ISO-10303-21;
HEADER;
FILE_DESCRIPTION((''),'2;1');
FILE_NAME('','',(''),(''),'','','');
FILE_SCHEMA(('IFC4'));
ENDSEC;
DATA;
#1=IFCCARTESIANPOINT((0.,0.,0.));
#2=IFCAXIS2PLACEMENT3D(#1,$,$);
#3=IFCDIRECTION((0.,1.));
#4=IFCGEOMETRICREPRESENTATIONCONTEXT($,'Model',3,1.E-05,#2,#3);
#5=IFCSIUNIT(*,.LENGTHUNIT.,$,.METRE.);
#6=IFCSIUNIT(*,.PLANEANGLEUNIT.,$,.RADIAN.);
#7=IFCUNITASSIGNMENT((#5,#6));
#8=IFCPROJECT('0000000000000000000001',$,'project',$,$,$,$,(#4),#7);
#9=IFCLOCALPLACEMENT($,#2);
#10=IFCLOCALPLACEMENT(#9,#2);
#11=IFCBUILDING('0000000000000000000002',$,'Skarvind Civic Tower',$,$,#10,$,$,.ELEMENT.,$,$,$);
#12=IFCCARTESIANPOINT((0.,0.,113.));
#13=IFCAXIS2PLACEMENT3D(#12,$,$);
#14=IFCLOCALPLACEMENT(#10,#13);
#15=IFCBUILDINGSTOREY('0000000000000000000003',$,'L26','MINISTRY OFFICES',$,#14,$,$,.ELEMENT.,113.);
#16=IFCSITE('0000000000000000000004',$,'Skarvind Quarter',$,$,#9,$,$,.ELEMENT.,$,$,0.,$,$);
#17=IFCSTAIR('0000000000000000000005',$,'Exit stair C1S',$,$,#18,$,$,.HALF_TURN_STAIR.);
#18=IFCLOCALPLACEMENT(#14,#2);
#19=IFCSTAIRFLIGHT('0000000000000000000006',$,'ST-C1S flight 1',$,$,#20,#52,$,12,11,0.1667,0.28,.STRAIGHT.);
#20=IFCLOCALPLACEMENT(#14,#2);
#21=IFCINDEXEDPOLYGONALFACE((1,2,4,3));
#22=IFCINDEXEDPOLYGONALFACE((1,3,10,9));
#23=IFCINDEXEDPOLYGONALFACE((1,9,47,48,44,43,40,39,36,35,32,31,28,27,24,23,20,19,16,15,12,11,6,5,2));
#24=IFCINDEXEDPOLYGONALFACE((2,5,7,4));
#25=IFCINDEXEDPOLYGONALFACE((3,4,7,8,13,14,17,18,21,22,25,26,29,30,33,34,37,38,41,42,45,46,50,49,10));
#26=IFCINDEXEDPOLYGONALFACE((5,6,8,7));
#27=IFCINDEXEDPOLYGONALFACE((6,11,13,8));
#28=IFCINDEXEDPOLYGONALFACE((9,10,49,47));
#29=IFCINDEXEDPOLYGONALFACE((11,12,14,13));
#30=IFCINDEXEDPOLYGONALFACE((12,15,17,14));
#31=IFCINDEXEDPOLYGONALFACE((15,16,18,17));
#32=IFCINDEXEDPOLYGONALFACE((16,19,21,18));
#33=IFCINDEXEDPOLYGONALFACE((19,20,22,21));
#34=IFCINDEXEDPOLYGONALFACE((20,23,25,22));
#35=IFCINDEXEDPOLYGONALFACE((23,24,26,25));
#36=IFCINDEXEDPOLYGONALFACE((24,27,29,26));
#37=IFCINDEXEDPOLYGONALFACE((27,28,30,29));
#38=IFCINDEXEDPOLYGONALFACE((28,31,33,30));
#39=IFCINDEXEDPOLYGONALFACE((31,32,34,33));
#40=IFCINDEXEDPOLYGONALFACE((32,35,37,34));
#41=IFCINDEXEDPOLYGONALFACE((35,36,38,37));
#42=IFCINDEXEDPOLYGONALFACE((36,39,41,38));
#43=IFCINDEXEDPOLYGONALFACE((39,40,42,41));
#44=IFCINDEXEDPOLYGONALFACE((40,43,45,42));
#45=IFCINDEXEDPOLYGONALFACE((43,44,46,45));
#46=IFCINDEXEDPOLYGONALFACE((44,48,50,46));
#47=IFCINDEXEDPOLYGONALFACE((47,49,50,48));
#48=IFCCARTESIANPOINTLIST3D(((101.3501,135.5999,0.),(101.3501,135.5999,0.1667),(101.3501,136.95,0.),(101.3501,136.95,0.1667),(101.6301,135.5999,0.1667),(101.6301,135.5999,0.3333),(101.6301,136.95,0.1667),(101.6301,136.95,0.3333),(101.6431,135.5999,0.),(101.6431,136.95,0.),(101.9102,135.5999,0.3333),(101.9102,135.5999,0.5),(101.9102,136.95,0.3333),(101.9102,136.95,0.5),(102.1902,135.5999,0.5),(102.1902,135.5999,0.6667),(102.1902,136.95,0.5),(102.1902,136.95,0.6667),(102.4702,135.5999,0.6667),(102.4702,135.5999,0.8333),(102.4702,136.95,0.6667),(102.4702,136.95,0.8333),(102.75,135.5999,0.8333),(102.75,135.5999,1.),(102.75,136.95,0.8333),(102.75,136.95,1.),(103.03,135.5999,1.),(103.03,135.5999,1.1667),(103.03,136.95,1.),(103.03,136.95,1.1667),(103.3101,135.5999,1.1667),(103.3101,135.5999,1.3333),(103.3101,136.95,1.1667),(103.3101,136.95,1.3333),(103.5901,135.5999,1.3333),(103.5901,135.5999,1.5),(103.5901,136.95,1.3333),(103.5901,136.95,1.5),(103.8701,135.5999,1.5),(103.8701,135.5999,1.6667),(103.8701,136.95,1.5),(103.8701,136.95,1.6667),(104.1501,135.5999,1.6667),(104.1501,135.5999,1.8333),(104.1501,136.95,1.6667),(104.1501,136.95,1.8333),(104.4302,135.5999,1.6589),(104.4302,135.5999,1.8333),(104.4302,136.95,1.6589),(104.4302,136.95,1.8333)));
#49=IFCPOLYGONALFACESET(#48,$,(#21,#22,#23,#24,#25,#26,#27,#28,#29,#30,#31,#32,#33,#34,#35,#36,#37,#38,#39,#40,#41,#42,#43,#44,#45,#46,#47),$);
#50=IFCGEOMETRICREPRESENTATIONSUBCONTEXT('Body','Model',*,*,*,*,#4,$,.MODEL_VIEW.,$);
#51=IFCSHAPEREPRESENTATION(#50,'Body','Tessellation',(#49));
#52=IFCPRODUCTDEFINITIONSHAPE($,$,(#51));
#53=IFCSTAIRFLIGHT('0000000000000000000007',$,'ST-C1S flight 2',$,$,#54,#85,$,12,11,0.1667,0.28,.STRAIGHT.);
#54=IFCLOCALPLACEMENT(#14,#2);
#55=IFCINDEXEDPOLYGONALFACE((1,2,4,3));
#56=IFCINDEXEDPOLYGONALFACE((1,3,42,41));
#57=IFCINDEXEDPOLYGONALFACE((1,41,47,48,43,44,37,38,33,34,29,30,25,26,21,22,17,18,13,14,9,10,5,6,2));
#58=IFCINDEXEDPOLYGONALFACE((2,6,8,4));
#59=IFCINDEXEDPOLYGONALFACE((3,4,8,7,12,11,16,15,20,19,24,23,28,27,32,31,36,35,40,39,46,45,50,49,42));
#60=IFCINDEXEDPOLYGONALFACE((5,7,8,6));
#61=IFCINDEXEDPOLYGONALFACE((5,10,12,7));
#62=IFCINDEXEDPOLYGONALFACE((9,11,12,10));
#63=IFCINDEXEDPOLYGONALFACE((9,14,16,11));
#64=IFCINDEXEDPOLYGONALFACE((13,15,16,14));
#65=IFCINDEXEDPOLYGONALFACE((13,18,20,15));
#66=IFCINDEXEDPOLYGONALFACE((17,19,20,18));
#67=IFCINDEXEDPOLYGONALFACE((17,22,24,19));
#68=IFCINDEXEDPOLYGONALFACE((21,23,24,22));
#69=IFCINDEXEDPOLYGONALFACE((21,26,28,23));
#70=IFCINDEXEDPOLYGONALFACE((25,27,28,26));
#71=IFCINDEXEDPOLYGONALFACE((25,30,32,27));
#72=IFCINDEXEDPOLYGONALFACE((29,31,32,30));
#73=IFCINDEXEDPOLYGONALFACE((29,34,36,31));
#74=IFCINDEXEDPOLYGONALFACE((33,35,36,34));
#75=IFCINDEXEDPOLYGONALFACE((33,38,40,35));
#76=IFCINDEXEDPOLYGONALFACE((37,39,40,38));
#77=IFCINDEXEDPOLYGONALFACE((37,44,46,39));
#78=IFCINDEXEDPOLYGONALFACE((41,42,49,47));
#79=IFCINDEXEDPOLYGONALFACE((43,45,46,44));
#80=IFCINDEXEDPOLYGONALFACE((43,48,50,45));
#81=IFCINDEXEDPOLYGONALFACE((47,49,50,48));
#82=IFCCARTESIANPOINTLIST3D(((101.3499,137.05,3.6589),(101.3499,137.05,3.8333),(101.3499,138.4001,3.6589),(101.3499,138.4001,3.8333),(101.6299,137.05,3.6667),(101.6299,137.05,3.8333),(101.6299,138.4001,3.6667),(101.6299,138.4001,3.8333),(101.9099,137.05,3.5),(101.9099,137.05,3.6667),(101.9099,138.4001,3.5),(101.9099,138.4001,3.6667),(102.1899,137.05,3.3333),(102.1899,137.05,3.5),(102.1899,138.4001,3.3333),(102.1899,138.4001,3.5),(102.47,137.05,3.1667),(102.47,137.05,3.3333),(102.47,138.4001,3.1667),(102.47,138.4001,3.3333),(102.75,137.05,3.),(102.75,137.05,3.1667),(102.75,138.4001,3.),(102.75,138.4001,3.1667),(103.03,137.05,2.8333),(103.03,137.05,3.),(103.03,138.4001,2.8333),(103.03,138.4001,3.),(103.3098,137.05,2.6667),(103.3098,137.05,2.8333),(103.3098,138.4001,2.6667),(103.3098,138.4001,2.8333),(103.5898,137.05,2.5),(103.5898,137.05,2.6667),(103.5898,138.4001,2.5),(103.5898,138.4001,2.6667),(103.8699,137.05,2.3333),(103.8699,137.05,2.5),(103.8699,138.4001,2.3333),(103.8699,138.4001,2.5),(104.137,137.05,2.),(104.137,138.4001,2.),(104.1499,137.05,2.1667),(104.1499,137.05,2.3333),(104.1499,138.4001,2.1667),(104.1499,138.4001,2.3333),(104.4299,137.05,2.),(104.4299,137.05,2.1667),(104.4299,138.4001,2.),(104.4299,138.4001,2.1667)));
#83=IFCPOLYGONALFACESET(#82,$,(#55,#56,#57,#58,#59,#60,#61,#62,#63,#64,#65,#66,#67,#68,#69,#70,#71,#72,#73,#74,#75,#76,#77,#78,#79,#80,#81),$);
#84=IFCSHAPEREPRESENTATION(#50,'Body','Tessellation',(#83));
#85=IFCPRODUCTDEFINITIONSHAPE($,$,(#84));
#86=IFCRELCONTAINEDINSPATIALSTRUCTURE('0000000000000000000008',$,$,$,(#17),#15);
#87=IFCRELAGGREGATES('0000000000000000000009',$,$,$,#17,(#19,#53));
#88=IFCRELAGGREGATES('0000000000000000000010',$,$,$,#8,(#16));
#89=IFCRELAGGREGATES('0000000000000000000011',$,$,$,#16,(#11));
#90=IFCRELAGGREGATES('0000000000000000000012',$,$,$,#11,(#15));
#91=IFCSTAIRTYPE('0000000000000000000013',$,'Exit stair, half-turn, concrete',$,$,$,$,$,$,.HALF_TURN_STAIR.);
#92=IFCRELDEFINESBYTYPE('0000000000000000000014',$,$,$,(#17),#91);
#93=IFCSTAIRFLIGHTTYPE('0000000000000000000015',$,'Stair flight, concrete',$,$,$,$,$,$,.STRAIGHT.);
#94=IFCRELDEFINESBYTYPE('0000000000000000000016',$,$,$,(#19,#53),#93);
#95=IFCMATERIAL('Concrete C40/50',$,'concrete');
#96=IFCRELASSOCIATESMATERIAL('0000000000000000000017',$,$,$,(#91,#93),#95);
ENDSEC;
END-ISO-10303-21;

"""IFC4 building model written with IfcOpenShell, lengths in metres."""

from ifc_helpers import new_model, si_unit, direction, frame, origin, place, context, subcontext, project, spatial, polyline, outline, extrude, material, type_object, element, aggregate, save


model = new_model("IFC4")

# Units and contexts
model_context = context("Model", 3, precision=1e-05, world=origin(), true_north=direction((0.0, 1.0)))
body_context = subcontext(model_context, "Body", "Model", "MODEL_VIEW")
ifc_project = project(units=[si_unit("LENGTHUNIT", "METRE"), si_unit("PLANEANGLEUNIT", "RADIAN")], contexts=[model_context])

# Site, building, storey
site_placement = place(None, origin())
site = spatial("IfcSite", under=ifc_project, at=site_placement, Name="Skarvind Quarter", CompositionType="ELEMENT", RefElevation=0.0)
building_placement = place(site_placement, origin())
building = spatial("IfcBuilding", under=site, at=building_placement, Name="Skarvind Civic Tower", CompositionType="ELEMENT")
storey_placement = place(building_placement, frame((0.0, 0.0, 113.0)))
storey = spatial("IfcBuildingStorey", under=building, at=storey_placement, Name="L26", Description="MINISTRY OFFICES", CompositionType="ELEMENT", Elevation=113.0)

# Stair, stair flights
ifc_material_1 = material(Name="Concrete C40/50", Category="concrete")
stair_type = type_object("IfcStairType", Name="Exit stair, half-turn, concrete", PredefinedType="HALF_TURN_STAIR", material=ifc_material_1)
stair_placement = place(storey_placement, origin())
stair = element("IfcStair", 1, at=stair_placement, inside=storey, type_object=stair_type, Name="Exit stair C1S", PredefinedType="HALF_TURN_STAIR")
stair_flight_type = type_object("IfcStairFlightType", Name="Stair flight, concrete", PredefinedType="STRAIGHT", material=ifc_material_1)
stair_flight_1_placement = place(storey_placement, frame((101.3501, 136.2749, 0.0), z_axis=(0.0, 0.0, 1.0), x_axis=(1.0, 0.0, 0.0)))
stair_flight_1 = element("IfcStairFlight", 2, at=stair_flight_1_placement, type_object=stair_flight_type, Name="ST-C1S flight 1", NumberOfRisers=12, NumberOfTreads=11, PredefinedType="STRAIGHT", RiserHeight=0.1667, TreadLength=0.28, context=body_context, shape_type="SweptSolid", body=[
    extrude(outline(polyline([(0.0, 0.0), (0.0, 0.1667), (0.28, 0.1667), (0.28, 0.3333), (0.5601, 0.3333), (0.5601, 0.5), (0.8401, 0.5), (0.8401, 0.6667), (1.1201, 0.6667), (1.1201, 0.8333), (1.3999, 0.8333), (1.3999, 1.0), (1.6799, 1.0), (1.6799, 1.1667), (1.96, 1.1667), (1.96, 1.3333), (2.24, 1.3333), (2.24, 1.5), (2.52, 1.5), (2.52, 1.6667), (2.8, 1.6667), (2.8, 1.8333), (3.0801, 1.8333), (3.0801, 2.0), (3.0801, 1.6589), (0.293, 0.0), (0.0, 0.0)])), frame((0.0, 0.675, 0.0), z_axis=(0.0, -1.0, 0.0), x_axis=(1.0, 0.0, 0.0)), (0.0, 0.0, 1.0), 1.3501),
])
stair_flight_2_placement = place(storey_placement, frame((104.4299, 137.7251, 2.0), z_axis=(0.0, 0.0, 1.0), x_axis=(-1.0, 0.0, 0.0)))
stair_flight_2 = element("IfcStairFlight", 3, at=stair_flight_2_placement, type_object=stair_flight_type, Name="ST-C1S flight 2", NumberOfRisers=12, NumberOfTreads=11, PredefinedType="STRAIGHT", RiserHeight=0.1667, TreadLength=0.28, context=body_context, shape_type="SweptSolid", body=[
    extrude(outline(polyline([(0.0, 0.0), (0.0, 0.1667), (0.28, 0.1667), (0.28, 0.3333), (0.5601, 0.3333), (0.5601, 0.5), (0.8401, 0.5), (0.8401, 0.6667), (1.1201, 0.6667), (1.1201, 0.8333), (1.3999, 0.8333), (1.3999, 1.0), (1.6799, 1.0), (1.6799, 1.1667), (1.96, 1.1667), (1.96, 1.3333), (2.24, 1.3333), (2.24, 1.5), (2.52, 1.5), (2.52, 1.6667), (2.8, 1.6667), (2.8, 1.8333), (3.0801, 1.8333), (3.0801, 2.0), (3.0801, 1.6589), (0.293, 0.0), (0.0, 0.0)])), frame((0.0, 0.675, 0.0), z_axis=(0.0, -1.0, 0.0), x_axis=(1.0, 0.0, 0.0)), (0.0, 0.0, 1.0), 1.3501),
])
aggregate(stair, [stair_flight_1, stair_flight_2])

save(model, "model.ifc")
